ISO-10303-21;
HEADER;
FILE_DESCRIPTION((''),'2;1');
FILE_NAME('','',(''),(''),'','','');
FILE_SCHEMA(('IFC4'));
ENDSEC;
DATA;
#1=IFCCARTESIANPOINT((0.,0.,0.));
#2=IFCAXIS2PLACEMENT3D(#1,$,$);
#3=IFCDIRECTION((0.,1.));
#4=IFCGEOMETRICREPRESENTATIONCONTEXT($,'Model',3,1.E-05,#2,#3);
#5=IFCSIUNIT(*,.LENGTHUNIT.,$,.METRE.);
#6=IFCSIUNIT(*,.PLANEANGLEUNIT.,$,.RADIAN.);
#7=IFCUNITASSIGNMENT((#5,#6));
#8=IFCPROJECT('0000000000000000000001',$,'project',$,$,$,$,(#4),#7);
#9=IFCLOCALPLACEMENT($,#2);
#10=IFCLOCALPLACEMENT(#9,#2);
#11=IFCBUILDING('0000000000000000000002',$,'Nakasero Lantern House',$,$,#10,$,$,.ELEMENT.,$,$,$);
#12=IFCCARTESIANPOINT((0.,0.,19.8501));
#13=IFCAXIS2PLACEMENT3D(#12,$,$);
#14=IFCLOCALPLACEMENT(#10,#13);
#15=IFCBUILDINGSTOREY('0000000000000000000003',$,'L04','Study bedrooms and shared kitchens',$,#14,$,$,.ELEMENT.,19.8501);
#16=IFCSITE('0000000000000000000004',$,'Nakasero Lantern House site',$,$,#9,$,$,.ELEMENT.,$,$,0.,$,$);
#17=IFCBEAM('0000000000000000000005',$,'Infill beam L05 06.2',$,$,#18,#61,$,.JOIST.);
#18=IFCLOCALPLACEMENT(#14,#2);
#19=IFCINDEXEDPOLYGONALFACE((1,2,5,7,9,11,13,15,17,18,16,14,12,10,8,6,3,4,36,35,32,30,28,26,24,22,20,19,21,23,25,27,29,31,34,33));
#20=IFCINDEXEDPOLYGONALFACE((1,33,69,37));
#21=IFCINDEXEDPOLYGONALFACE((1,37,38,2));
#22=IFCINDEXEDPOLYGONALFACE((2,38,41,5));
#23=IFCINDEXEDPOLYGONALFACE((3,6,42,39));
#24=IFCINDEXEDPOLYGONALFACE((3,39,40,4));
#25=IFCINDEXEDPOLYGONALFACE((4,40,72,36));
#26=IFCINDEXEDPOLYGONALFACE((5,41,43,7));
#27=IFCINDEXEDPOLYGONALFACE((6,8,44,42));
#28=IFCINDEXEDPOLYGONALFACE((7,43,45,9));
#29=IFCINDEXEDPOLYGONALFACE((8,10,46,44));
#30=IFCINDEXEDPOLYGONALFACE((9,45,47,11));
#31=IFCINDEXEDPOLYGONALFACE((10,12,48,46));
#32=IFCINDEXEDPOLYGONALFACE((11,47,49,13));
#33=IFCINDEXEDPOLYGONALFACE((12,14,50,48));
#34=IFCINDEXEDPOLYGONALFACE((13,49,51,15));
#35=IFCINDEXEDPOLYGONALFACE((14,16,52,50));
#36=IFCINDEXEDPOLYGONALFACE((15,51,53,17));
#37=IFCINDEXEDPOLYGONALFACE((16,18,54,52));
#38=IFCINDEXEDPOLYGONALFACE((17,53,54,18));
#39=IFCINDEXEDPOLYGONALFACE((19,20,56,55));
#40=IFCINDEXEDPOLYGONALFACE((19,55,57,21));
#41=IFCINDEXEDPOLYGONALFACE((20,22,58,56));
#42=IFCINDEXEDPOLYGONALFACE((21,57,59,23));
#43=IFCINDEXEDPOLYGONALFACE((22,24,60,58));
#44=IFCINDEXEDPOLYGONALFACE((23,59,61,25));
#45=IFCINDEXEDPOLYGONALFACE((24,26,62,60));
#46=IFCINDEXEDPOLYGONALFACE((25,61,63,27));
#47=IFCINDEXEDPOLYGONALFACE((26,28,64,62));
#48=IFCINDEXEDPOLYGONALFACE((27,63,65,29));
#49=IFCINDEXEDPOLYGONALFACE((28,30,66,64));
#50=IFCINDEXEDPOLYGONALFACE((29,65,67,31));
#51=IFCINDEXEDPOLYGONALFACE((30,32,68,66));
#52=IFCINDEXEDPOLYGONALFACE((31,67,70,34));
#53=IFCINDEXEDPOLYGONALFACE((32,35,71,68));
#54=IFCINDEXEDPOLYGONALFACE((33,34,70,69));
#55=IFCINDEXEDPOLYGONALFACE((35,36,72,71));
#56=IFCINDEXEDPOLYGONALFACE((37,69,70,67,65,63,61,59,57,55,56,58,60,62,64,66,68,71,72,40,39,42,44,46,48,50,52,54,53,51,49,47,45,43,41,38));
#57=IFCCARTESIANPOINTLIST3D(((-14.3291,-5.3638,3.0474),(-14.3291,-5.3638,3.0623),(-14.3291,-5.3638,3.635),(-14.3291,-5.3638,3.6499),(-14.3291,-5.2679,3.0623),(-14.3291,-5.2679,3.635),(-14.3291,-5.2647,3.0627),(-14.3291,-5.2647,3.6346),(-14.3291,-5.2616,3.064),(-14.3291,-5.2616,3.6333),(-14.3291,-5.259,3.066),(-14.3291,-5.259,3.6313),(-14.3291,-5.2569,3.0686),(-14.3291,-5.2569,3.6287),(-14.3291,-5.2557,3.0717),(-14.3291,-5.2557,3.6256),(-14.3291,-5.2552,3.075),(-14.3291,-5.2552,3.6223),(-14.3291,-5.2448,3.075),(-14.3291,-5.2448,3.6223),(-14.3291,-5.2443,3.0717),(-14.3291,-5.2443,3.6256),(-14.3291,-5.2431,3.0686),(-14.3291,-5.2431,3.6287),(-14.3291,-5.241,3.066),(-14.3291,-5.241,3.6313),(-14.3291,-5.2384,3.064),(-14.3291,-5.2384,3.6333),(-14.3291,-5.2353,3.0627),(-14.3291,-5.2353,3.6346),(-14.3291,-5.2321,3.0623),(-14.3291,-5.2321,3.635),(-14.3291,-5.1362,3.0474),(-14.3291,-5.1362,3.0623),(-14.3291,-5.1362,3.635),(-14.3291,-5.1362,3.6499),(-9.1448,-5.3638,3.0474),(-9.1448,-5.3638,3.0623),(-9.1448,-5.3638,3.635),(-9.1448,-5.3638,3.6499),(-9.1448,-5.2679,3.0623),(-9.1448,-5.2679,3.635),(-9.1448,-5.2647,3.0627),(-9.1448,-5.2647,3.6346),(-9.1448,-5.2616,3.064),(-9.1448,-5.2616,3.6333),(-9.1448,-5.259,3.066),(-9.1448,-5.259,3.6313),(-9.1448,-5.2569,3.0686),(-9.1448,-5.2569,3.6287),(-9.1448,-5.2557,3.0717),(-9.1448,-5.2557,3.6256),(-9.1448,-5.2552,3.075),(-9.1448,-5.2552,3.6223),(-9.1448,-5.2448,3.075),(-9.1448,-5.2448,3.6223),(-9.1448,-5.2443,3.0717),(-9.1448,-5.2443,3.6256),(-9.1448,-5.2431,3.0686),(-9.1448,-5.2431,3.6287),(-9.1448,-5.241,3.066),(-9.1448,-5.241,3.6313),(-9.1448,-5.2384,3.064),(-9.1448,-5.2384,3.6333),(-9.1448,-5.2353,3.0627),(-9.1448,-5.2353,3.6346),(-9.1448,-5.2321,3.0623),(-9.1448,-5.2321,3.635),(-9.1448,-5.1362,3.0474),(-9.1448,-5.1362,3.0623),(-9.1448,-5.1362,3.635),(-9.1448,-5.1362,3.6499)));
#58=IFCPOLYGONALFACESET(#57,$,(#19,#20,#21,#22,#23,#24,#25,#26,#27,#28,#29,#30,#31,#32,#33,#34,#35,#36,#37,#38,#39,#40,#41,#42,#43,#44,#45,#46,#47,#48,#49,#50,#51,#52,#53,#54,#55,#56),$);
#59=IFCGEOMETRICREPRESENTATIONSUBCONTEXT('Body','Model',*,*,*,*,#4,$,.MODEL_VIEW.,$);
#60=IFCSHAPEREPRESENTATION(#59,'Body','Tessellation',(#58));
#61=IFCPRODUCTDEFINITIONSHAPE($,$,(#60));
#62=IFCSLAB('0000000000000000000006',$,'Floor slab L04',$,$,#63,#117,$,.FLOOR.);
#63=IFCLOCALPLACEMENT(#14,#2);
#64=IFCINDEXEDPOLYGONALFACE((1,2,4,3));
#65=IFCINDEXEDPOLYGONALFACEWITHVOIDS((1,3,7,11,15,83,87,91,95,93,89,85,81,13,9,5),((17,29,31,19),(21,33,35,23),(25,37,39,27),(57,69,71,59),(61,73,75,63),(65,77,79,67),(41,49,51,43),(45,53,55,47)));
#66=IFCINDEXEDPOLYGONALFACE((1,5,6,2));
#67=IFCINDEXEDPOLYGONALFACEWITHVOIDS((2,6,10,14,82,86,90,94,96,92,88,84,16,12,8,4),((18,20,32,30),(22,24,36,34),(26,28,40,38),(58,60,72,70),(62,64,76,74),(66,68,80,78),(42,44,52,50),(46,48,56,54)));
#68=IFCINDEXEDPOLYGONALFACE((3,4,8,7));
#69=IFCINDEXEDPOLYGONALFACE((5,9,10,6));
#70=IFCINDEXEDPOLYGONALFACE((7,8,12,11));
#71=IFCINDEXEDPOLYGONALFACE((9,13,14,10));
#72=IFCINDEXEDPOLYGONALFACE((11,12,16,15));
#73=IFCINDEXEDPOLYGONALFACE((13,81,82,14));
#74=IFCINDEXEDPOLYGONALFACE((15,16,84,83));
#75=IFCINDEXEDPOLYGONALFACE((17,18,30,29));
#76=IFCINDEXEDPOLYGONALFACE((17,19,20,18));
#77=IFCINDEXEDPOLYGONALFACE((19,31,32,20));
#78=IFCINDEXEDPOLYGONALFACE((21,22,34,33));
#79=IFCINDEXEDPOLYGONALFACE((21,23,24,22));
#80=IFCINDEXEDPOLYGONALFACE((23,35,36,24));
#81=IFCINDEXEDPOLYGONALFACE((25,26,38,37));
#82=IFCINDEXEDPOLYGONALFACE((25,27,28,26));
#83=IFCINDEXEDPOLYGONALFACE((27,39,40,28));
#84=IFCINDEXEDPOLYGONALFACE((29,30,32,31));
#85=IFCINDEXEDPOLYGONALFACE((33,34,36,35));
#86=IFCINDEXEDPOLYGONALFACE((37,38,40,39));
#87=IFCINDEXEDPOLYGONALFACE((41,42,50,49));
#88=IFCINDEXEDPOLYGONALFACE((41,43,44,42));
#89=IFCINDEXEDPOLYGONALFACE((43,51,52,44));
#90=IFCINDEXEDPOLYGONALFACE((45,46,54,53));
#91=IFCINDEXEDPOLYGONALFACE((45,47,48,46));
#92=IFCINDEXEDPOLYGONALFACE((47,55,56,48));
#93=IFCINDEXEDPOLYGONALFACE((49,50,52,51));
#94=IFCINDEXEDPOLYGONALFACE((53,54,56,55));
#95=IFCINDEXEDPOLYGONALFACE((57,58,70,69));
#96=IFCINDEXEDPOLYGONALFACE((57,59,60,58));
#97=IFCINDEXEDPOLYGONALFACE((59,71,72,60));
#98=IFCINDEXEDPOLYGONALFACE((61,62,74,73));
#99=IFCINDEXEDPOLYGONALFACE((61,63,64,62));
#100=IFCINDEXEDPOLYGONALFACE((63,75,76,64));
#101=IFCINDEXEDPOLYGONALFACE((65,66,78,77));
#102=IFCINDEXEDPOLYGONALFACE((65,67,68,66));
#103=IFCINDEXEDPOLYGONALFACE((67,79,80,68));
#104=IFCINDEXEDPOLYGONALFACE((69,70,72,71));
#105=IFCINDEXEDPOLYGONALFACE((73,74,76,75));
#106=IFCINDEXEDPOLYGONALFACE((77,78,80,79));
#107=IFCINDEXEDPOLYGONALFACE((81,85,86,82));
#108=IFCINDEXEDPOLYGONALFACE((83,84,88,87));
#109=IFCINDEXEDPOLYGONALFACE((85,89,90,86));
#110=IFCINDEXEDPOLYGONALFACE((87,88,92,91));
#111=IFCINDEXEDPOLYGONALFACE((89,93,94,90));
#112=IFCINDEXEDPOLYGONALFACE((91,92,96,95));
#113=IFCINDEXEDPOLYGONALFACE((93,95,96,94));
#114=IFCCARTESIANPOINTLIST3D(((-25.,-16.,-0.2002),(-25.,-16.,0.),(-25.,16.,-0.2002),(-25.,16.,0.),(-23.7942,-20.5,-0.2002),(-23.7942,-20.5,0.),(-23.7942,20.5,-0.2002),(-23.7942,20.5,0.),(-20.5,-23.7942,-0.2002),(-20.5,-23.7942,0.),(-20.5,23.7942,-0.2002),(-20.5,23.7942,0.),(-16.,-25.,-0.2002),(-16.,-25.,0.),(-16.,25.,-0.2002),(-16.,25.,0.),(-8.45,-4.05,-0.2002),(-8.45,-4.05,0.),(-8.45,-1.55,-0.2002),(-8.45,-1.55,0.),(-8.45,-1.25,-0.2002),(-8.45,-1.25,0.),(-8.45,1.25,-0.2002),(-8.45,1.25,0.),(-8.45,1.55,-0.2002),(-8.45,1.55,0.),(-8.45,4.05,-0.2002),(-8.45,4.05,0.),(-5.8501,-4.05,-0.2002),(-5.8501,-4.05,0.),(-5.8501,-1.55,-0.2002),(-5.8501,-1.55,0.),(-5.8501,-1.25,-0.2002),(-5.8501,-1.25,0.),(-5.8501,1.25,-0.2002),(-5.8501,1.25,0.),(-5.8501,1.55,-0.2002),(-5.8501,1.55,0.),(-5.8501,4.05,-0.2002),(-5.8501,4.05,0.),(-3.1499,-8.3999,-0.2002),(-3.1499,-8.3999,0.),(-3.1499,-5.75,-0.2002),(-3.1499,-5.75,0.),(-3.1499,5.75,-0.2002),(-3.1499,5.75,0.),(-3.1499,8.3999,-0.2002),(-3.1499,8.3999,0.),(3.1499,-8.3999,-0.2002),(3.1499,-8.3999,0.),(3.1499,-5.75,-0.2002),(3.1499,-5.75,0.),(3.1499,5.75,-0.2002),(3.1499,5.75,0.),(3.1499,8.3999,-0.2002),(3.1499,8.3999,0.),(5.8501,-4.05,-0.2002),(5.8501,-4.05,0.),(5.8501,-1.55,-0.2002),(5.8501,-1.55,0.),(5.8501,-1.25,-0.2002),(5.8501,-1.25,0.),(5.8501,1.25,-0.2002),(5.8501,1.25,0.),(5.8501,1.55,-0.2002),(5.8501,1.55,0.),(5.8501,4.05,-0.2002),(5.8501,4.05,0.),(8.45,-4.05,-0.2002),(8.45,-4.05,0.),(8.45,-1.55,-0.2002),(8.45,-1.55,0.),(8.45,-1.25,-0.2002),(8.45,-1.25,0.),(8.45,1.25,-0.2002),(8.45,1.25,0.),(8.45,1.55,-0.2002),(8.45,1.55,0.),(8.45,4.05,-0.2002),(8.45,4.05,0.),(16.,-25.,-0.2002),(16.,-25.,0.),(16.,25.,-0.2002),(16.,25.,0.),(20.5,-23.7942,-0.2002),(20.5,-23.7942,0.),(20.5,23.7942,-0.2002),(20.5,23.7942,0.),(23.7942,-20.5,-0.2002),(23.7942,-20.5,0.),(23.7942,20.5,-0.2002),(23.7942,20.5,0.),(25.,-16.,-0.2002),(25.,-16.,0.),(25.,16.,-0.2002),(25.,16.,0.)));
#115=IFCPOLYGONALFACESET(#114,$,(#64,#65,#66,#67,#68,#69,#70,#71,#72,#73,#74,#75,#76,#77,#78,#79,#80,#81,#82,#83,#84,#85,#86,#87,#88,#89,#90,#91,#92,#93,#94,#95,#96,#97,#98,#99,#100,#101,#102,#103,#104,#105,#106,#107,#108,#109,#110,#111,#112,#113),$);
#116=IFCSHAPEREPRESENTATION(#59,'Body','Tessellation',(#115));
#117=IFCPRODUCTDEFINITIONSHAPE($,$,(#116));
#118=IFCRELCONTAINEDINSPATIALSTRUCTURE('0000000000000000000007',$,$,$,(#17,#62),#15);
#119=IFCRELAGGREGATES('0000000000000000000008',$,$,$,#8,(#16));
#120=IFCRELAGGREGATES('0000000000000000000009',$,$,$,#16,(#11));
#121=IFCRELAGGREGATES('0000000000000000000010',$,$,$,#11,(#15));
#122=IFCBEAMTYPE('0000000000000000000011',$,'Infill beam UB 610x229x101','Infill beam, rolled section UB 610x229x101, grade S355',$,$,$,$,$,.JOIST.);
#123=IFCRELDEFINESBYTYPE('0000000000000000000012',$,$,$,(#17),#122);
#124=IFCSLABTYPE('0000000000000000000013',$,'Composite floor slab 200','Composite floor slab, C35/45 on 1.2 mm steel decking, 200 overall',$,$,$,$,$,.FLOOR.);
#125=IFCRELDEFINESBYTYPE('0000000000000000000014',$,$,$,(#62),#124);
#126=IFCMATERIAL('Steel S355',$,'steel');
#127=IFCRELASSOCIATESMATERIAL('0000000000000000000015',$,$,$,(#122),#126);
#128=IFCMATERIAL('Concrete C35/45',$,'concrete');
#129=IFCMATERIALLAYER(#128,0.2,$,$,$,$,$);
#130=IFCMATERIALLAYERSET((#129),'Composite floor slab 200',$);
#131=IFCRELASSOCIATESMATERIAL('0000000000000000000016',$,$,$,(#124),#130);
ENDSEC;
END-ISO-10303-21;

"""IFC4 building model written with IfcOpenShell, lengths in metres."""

from ifc_helpers import new_model, si_unit, direction, frame, origin, origin_2d, place, context, subcontext, project, spatial, polyline, i_section, outline, extrude, material, layer, layer_set, material_profile, profile_set, type_object, element, save


model = new_model("IFC4")

# Units and contexts
model_context = context("Model", 3, precision=1e-05, world=origin(), true_north=direction((0.0, 1.0)))
body_context = subcontext(model_context, "Body", "Model", "MODEL_VIEW")
ifc_project = project(units=[si_unit("LENGTHUNIT", "METRE"), si_unit("PLANEANGLEUNIT", "RADIAN")], contexts=[model_context])

# Site, building, storey
site_placement = place(None, origin())
site = spatial("IfcSite", under=ifc_project, at=site_placement, Name="Nakasero Lantern House site", CompositionType="ELEMENT", RefElevation=0.0)
building_placement = place(site_placement, origin())
building = spatial("IfcBuilding", under=site, at=building_placement, Name="Nakasero Lantern House", CompositionType="ELEMENT")
storey_placement = place(building_placement, frame((0.0, 0.0, 19.8501)))
storey = spatial("IfcBuildingStorey", under=building, at=storey_placement, Name="L04", Description="Study bedrooms and shared kitchens", CompositionType="ELEMENT", Elevation=19.8501)

# Beam
ifc_material_1 = material(Name="Steel S355", Category="steel")
ifc_material_profile_1 = material_profile(ifc_material_1, i_section(OverallWidth=0.2275, OverallDepth=0.6025, WebThickness=0.0105, FlangeThickness=0.0149, FilletRadius=0.0127, at=origin_2d()), Name="UB 610x229x101")
ifc_profile_set_1 = profile_set([ifc_material_profile_1], Name="Steel S355")
beam_type_1 = type_object("IfcBeamType", Name="Infill beam UB 610x229x101", Description="Infill beam, rolled section UB 610x229x101, grade S355", PredefinedType="JOIST", material=ifc_profile_set_1)
beam_1_placement = place(storey_placement, frame((-14.3291, -5.25, 3.3486), z_axis=(1.0, 0.0, 0.0), x_axis=(0.0, 1.0, 0.0)))
element("IfcBeam", 1, at=beam_1_placement, inside=storey, type_object=beam_type_1, Name="Infill beam L05 06.2", PredefinedType="JOIST", context=body_context, shape_type="SweptSolid", body=[
    extrude(i_section(OverallWidth=0.2275, OverallDepth=0.6025, WebThickness=0.0105, FlangeThickness=0.0149, FilletRadius=0.0127, at=origin_2d()), origin(), (0.0, 0.0, 1.0), 5.1843),
])

# Slab
ifc_material_2 = material(Name="Concrete C35/45", Category="concrete")
ifc_layer_1 = layer(ifc_material_2, 0.2)
ifc_layer_set_1 = layer_set([ifc_layer_1], Name="Composite floor slab 200")
slab_type = type_object("IfcSlabType", Name="Composite floor slab 200", Description="Composite floor slab, C35/45 on 1.2 mm steel decking, 200 overall", PredefinedType="FLOOR", material=ifc_layer_set_1)
slab_placement = place(storey_placement, frame((0.0, 0.0, -0.2002)))
element("IfcSlab", 2, at=slab_placement, inside=storey, type_object=slab_type, Name="Floor slab L04", PredefinedType="FLOOR", context=body_context, shape_type="SweptSolid", body=[
    extrude(outline(polyline([(25.0, 16.0), (23.7942, 20.5), (20.5, 23.7942), (16.0, 25.0), (-16.0, 25.0), (-20.5, 23.7942), (-23.7942, 20.5), (-25.0, 16.0), (-25.0, -16.0), (-23.7942, -20.5), (-20.5, -23.7942), (-16.0, -25.0), (16.0, -25.0), (20.5, -23.7942), (23.7942, -20.5), (25.0, -16.0), (25.0, 16.0)]), holes=[polyline([(-8.45, -4.05), (-5.8501, -4.05), (-5.8501, -1.55), (-8.45, -1.55), (-8.45, -4.05)]), polyline([(-8.45, -1.25), (-5.8501, -1.25), (-5.8501, 1.25), (-8.45, 1.25), (-8.45, -1.25)]), polyline([(-8.45, 1.55), (-5.8501, 1.55), (-5.8501, 4.05), (-8.45, 4.05), (-8.45, 1.55)]), polyline([(5.8501, -4.05), (8.45, -4.05), (8.45, -1.55), (5.8501, -1.55), (5.8501, -4.05)]), polyline([(5.8501, -1.25), (8.45, -1.25), (8.45, 1.25), (5.8501, 1.25), (5.8501, -1.25)]), polyline([(5.8501, 1.55), (8.45, 1.55), (8.45, 4.05), (5.8501, 4.05), (5.8501, 1.55)]), polyline([(-3.1499, 5.75), (3.1499, 5.75), (3.1499, 8.3999), (-3.1499, 8.3999), (-3.1499, 5.75)]), polyline([(-3.1499, -8.3999), (3.1499, -8.3999), (3.1499, -5.75), (-3.1499, -5.75), (-3.1499, -8.3999)])]), origin(), (0.0, 0.0, 1.0), 0.2002),
])

save(model, "model.ifc")
